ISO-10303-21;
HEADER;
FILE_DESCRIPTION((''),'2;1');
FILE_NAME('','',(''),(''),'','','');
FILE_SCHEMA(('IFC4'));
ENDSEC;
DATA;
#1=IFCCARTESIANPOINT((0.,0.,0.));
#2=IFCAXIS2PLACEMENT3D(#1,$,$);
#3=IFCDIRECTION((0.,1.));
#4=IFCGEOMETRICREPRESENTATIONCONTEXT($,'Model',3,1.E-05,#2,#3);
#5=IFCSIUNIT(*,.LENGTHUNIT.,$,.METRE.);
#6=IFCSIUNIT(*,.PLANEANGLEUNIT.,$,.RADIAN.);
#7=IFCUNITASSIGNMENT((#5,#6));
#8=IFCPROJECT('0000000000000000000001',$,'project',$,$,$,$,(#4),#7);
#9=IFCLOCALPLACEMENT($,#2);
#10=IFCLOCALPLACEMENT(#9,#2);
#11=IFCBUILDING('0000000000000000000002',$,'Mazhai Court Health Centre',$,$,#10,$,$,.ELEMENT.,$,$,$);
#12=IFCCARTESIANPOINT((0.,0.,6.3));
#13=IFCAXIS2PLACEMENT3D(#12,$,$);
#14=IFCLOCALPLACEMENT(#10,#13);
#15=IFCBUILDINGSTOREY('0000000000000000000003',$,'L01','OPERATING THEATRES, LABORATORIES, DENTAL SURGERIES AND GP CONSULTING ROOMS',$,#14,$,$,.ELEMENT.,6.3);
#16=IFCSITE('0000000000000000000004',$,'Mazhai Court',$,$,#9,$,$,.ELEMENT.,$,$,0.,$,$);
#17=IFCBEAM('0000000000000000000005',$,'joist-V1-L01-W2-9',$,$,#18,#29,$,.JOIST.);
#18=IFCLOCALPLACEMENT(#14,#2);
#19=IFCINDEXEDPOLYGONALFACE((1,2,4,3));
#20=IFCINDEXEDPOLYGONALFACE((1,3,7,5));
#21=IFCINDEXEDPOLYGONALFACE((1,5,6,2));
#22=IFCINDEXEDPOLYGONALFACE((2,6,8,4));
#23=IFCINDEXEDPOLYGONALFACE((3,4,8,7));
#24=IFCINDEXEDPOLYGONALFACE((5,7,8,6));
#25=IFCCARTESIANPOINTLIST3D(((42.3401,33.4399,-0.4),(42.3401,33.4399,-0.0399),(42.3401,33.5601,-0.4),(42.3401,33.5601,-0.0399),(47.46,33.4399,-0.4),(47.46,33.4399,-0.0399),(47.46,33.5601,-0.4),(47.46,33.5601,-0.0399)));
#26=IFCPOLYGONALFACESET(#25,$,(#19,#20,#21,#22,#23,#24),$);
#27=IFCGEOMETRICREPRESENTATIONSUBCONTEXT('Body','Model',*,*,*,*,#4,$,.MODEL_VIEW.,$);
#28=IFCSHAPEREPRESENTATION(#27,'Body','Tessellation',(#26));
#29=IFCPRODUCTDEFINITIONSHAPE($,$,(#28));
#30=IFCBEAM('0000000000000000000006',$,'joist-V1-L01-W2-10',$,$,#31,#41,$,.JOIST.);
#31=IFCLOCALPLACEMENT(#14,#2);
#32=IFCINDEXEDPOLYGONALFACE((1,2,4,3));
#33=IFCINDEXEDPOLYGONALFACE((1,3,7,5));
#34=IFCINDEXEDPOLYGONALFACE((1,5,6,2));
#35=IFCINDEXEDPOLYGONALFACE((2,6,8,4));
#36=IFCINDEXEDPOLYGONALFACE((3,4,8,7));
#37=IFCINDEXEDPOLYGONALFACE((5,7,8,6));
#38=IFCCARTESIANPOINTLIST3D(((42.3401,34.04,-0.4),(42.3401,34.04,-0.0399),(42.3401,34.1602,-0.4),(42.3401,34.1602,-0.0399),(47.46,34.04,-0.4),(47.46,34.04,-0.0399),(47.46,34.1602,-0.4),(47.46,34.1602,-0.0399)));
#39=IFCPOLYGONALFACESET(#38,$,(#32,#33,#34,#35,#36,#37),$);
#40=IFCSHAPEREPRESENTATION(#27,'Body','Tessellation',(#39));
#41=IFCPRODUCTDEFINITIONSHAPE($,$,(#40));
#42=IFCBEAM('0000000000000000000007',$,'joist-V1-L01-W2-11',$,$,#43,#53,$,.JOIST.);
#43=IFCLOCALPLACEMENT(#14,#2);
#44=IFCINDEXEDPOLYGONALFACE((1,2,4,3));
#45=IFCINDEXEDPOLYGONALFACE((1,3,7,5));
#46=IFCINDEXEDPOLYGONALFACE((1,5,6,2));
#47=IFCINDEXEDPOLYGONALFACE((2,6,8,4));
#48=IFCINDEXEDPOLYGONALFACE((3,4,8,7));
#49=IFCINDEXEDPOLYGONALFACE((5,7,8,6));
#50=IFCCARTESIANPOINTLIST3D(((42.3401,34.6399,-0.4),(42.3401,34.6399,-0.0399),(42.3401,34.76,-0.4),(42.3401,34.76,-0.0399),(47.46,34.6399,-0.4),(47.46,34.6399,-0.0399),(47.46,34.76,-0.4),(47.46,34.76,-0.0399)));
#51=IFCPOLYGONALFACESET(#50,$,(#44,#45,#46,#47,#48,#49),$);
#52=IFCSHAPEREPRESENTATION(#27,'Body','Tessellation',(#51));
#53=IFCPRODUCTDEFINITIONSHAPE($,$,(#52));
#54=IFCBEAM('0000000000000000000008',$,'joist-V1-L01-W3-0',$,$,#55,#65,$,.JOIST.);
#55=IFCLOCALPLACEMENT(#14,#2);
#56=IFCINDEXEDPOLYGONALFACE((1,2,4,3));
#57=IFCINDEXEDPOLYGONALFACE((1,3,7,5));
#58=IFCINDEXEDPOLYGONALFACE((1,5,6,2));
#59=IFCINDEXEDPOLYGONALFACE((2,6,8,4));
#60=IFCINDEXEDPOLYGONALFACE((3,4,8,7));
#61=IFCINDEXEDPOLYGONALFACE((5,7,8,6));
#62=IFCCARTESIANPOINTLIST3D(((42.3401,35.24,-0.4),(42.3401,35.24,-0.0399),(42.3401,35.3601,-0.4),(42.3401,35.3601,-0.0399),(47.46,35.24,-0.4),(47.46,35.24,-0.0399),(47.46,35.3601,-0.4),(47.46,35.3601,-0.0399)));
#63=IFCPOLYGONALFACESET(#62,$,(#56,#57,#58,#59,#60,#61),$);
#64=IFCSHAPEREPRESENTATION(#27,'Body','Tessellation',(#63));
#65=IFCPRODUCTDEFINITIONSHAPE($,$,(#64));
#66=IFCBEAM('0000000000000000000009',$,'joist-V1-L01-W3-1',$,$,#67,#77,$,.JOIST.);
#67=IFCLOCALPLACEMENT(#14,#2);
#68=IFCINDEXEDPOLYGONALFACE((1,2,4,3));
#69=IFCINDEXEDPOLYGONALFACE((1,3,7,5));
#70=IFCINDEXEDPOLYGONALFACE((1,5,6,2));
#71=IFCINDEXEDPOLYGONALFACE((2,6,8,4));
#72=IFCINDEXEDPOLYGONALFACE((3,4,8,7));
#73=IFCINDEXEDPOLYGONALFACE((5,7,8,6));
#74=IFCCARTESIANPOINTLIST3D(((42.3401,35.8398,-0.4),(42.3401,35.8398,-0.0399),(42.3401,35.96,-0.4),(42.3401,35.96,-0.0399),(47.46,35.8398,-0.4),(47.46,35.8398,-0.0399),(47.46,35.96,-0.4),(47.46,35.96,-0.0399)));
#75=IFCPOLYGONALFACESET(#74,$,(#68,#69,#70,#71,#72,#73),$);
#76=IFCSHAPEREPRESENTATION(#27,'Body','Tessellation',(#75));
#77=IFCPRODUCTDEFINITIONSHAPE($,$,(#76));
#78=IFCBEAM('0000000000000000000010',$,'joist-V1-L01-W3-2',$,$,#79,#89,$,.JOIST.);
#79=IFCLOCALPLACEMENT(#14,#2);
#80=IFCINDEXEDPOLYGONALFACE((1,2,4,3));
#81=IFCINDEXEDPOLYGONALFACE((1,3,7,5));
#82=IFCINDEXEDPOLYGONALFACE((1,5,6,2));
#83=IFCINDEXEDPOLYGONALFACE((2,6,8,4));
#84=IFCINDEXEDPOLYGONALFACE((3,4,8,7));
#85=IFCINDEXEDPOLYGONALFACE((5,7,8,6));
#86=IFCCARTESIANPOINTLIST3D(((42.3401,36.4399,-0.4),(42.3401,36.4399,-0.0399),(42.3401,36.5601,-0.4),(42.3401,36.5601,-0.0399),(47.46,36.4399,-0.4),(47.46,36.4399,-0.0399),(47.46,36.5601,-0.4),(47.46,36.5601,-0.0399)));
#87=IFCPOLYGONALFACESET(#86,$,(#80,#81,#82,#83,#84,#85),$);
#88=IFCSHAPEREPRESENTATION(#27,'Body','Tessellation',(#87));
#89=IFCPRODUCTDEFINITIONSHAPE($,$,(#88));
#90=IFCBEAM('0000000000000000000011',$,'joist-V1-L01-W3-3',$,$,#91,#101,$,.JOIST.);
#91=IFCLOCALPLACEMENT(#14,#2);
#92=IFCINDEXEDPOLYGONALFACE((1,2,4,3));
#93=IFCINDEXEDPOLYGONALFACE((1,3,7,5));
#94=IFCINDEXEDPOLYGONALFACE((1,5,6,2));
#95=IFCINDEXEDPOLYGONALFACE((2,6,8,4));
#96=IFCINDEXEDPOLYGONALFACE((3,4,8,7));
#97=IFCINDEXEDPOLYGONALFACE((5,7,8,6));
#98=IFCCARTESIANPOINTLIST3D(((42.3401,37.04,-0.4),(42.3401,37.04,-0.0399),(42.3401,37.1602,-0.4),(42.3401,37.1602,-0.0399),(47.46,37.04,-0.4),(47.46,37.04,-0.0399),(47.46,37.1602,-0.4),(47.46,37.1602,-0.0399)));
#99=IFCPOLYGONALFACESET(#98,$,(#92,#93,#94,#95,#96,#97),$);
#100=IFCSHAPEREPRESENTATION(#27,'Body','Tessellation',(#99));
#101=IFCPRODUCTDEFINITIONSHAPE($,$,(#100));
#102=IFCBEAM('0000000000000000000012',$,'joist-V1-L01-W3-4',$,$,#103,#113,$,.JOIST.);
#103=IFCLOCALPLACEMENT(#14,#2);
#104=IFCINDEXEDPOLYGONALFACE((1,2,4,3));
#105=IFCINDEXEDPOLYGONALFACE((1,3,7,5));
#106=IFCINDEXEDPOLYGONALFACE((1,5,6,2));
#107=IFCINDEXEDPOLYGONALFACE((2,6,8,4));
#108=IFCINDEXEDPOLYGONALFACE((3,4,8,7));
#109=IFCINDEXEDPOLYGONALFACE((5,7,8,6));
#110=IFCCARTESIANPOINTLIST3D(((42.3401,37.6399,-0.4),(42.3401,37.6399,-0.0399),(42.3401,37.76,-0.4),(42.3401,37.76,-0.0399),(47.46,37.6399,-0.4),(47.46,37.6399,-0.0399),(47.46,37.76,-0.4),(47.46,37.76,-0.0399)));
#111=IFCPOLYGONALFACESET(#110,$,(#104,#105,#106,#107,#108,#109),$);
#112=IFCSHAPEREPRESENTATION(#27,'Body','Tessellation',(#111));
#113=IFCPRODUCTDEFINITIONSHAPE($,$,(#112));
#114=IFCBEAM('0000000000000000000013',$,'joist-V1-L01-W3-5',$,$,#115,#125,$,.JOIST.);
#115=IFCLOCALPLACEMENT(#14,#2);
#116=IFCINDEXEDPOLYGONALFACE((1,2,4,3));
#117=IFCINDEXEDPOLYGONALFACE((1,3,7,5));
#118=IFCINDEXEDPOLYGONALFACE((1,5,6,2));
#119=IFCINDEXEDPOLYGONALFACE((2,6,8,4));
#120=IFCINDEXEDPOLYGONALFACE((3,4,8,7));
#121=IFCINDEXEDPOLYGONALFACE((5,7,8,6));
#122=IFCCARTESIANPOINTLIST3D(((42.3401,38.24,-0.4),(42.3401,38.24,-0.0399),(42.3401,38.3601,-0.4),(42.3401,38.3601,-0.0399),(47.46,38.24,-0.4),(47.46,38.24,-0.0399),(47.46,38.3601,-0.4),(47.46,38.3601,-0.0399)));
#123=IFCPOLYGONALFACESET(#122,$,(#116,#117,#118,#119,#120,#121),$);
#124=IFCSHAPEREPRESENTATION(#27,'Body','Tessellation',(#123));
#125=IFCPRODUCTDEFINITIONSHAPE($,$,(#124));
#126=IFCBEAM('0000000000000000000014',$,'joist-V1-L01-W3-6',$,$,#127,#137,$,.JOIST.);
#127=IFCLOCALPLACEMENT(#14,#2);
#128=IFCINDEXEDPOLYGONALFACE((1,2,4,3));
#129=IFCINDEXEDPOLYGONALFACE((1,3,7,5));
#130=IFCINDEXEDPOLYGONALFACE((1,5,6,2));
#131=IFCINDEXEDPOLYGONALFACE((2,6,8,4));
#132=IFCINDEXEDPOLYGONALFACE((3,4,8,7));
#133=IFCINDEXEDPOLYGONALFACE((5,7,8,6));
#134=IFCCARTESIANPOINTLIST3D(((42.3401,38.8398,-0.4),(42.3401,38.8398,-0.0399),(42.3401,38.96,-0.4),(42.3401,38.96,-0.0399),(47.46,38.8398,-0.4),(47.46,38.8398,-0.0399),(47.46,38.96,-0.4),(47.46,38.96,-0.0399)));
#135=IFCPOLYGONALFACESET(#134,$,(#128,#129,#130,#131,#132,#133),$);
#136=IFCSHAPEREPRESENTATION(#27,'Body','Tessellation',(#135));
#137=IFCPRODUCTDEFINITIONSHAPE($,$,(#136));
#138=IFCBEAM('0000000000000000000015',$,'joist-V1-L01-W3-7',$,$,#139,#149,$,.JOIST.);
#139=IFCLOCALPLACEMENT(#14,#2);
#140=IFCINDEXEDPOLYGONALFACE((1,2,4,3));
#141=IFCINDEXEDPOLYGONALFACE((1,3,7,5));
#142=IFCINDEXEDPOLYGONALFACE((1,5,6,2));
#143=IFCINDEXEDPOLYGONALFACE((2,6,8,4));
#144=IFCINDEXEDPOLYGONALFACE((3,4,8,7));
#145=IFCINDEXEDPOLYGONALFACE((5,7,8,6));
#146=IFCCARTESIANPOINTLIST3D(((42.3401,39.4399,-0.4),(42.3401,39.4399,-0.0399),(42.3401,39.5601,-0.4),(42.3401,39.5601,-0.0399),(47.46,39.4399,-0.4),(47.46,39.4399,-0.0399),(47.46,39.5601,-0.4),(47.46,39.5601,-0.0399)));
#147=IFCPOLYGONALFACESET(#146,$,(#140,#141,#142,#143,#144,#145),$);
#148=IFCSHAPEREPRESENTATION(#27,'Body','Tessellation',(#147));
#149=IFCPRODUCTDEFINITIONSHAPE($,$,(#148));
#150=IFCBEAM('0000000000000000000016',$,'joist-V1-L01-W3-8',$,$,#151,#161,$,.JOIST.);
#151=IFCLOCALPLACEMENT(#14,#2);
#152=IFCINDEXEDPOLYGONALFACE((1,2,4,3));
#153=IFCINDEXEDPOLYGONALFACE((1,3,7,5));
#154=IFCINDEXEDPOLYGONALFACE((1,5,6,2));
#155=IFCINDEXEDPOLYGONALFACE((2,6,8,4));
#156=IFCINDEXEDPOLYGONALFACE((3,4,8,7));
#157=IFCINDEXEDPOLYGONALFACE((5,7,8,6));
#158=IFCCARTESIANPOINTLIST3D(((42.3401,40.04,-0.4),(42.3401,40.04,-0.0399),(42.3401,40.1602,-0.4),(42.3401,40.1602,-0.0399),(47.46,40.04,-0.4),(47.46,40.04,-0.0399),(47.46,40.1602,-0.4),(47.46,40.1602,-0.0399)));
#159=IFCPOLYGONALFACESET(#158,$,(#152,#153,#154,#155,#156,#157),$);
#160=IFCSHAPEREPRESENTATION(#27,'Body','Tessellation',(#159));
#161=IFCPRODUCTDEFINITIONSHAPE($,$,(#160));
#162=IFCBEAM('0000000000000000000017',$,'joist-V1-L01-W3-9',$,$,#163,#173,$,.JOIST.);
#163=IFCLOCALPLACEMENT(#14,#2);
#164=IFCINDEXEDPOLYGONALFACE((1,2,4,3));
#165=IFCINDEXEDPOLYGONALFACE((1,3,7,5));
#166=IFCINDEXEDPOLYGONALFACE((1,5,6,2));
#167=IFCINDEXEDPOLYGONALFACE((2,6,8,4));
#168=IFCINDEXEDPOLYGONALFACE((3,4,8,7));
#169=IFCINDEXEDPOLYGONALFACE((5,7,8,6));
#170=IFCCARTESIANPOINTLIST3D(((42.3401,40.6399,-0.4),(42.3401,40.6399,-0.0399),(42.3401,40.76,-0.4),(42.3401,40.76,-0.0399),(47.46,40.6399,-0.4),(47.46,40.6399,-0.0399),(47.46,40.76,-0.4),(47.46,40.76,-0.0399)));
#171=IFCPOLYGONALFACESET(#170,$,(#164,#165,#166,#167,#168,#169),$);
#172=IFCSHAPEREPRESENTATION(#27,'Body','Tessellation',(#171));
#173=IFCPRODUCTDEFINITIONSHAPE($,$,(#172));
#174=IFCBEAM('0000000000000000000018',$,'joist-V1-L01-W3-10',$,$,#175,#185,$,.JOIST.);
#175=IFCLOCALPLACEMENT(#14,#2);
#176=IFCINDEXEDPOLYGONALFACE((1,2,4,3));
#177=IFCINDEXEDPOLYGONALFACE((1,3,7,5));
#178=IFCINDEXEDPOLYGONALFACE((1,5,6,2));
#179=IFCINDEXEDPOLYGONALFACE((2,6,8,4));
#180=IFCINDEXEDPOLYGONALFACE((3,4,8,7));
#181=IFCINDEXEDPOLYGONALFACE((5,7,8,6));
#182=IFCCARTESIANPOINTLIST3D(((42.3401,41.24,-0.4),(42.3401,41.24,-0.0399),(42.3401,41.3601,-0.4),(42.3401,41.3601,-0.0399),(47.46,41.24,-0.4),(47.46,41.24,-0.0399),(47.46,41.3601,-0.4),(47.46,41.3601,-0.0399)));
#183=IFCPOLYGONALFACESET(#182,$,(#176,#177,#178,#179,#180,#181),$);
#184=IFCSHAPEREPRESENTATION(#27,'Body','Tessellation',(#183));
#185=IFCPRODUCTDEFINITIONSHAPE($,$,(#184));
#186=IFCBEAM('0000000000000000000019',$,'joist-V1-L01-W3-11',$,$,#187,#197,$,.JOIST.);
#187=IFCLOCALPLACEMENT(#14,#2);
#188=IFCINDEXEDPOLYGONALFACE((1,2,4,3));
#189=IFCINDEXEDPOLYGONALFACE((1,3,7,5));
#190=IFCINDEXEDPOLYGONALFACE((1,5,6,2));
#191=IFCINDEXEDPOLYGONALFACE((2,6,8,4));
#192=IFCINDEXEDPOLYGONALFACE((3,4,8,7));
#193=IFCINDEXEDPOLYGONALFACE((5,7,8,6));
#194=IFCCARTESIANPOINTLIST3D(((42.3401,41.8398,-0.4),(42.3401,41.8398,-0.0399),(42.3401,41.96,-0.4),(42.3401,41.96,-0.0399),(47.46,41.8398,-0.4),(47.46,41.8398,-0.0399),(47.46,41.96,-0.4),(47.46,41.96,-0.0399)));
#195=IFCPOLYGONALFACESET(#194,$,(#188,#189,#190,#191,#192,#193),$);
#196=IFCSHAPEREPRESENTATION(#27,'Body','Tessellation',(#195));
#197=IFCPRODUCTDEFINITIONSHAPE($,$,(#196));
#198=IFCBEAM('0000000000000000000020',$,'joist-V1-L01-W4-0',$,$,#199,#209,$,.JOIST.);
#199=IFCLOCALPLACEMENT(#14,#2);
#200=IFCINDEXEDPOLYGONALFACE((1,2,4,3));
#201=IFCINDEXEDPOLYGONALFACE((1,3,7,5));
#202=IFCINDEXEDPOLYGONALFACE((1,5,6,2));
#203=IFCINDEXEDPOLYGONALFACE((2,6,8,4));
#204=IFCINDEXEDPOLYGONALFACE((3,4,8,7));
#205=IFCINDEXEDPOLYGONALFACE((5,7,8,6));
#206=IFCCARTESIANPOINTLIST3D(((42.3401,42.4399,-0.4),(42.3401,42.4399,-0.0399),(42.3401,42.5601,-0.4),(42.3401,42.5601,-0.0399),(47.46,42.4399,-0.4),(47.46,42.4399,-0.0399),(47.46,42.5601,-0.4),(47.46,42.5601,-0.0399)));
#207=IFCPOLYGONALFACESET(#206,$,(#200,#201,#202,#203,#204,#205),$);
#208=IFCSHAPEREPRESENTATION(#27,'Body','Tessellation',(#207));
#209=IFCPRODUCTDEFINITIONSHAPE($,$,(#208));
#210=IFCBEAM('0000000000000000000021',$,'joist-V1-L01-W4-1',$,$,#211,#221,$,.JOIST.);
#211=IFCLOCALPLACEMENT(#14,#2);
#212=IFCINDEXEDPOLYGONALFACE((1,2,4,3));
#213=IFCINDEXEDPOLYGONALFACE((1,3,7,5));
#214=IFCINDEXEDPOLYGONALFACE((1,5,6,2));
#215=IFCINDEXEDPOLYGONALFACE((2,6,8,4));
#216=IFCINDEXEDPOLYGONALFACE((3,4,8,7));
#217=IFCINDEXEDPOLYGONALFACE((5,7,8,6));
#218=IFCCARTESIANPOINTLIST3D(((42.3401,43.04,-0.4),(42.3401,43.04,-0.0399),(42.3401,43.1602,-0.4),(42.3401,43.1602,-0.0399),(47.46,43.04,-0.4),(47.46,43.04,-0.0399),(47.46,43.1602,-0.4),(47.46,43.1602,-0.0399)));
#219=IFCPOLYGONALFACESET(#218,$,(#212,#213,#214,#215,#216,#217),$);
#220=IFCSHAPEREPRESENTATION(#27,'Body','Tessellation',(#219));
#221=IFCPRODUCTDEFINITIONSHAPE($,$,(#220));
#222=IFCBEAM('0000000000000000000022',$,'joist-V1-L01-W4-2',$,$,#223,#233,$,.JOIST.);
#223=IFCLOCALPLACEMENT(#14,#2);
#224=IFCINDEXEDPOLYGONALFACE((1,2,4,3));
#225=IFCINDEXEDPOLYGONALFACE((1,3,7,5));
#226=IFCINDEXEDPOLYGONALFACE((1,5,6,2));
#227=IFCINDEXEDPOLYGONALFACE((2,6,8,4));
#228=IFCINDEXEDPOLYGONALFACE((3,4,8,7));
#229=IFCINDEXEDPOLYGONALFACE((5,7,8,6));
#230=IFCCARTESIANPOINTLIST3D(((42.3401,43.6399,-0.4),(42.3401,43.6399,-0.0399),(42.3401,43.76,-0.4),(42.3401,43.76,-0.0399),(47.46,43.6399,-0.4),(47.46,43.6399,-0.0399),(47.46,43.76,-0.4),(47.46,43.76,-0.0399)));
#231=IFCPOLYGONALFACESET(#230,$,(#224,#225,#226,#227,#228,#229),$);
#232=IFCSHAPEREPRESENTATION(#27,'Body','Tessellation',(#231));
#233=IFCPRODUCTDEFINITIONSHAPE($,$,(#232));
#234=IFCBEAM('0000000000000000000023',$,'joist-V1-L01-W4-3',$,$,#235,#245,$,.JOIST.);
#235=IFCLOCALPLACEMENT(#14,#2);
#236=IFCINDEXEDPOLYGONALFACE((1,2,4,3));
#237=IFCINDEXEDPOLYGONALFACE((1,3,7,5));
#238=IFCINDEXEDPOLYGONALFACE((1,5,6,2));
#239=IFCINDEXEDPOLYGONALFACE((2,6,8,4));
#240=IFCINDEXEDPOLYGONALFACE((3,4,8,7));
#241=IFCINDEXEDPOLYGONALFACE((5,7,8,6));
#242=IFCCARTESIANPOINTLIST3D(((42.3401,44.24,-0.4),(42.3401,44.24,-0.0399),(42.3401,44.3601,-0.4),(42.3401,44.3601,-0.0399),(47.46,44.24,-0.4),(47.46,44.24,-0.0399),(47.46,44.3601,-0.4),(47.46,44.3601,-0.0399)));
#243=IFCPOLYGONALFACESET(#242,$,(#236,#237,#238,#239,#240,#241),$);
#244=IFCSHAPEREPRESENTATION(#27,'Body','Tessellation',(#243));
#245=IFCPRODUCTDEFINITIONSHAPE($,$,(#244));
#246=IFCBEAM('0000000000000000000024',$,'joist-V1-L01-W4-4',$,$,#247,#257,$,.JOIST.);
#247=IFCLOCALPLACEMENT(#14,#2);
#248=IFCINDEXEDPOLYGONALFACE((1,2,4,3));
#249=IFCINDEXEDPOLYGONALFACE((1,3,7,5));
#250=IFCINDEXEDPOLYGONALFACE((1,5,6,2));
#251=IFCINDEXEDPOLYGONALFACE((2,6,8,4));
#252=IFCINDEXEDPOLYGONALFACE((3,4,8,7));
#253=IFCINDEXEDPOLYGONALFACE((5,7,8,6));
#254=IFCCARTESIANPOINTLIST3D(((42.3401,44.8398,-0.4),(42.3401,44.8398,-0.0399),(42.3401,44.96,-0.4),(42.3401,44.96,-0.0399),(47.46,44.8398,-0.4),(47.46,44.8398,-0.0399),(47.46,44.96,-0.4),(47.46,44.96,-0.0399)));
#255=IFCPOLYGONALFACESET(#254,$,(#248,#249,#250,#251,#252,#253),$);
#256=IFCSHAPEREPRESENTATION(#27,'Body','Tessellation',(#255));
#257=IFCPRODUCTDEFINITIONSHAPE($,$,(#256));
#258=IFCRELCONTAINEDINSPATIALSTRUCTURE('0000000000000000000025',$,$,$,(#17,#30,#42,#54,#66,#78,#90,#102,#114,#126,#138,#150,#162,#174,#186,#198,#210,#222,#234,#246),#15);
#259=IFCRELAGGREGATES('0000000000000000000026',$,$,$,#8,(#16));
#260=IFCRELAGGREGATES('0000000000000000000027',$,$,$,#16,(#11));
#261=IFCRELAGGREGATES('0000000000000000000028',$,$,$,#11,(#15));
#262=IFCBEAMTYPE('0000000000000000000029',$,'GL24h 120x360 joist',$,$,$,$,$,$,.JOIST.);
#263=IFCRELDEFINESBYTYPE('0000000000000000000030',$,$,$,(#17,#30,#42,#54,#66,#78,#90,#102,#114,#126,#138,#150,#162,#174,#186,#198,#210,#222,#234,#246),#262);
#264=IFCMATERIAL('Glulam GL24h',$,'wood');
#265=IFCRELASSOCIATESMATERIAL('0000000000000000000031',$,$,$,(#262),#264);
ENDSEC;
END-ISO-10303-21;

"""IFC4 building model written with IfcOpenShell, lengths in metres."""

from ifc_helpers import new_model, si_unit, direction, frame, origin, origin_2d, place, context, subcontext, project, spatial, rectangle, extrude, material, material_profile, profile_set, type_object, element, save


model = new_model("IFC4")

# Units and contexts
model_context = context("Model", 3, precision=1e-05, world=origin(), true_north=direction((0.0, 1.0)))
body_context = subcontext(model_context, "Body", "Model", "MODEL_VIEW")
ifc_project = project(units=[si_unit("LENGTHUNIT", "METRE"), si_unit("PLANEANGLEUNIT", "RADIAN")], contexts=[model_context])

# Site, building, storey
site_placement = place(None, origin())
site = spatial("IfcSite", under=ifc_project, at=site_placement, Name="Mazhai Court", CompositionType="ELEMENT", RefElevation=0.0)
building_placement = place(site_placement, origin())
building = spatial("IfcBuilding", under=site, at=building_placement, Name="Mazhai Court Health Centre", CompositionType="ELEMENT")
storey_placement = place(building_placement, frame((0.0, 0.0, 6.3)))
storey = spatial("IfcBuildingStorey", under=building, at=storey_placement, Name="L01", Description="OPERATING THEATRES, LABORATORIES, DENTAL SURGERIES AND GP CONSULTING ROOMS", CompositionType="ELEMENT", Elevation=6.3)

# Beams
ifc_material = material(Name="Glulam GL24h", Category="wood")
ifc_material_profile = material_profile(ifc_material, rectangle(XDim=0.1201, YDim=0.3601, at=origin_2d()), Name="GL24h 120x360")
ifc_profile_set = profile_set([ifc_material_profile], Name="Glulam GL24h")
beam_type = type_object("IfcBeamType", Name="GL24h 120x360 joist", PredefinedType="JOIST", material=ifc_profile_set)
for number, where, z_axis, x_axis, name in (
    (1, (42.3401, 33.5, -0.22), (1.0, 0.0, 0.0), (0.0, 1.0, 0.0), "joist-V1-L01-W2-9"),
    (2, (42.3401, 34.1001, -0.22), (1.0, 0.0, 0.0), (0.0, 1.0, 0.0), "joist-V1-L01-W2-10"),
    (3, (42.3401, 34.7, -0.22), (1.0, 0.0, 0.0), (0.0, 1.0, 0.0), "joist-V1-L01-W2-11"),
    (4, (42.3401, 35.3, -0.22), (1.0, 0.0, 0.0), (0.0, 1.0, 0.0), "joist-V1-L01-W3-0"),
    (5, (42.3401, 35.8999, -0.22), (1.0, 0.0, 0.0), (0.0, 1.0, 0.0), "joist-V1-L01-W3-1"),
    (6, (42.3401, 36.5, -0.22), (1.0, 0.0, 0.0), (0.0, 1.0, 0.0), "joist-V1-L01-W3-2"),
    (7, (42.3401, 37.1001, -0.22), (1.0, 0.0, 0.0), (0.0, 1.0, 0.0), "joist-V1-L01-W3-3"),
    (8, (42.3401, 37.7, -0.22), (1.0, 0.0, 0.0), (0.0, 1.0, 0.0), "joist-V1-L01-W3-4"),
    (9, (42.3401, 38.3, -0.22), (1.0, 0.0, 0.0), (0.0, 1.0, 0.0), "joist-V1-L01-W3-5"),
    (10, (42.3401, 38.8999, -0.22), (1.0, 0.0, 0.0), (0.0, 1.0, 0.0), "joist-V1-L01-W3-6"),
    (11, (42.3401, 39.5, -0.22), (1.0, 0.0, 0.0), (0.0, 1.0, 0.0), "joist-V1-L01-W3-7"),
    (12, (42.3401, 40.1001, -0.22), (1.0, 0.0, 0.0), (0.0, 1.0, 0.0), "joist-V1-L01-W3-8"),
    (13, (42.3401, 40.7, -0.22), (1.0, 0.0, 0.0), (0.0, 1.0, 0.0), "joist-V1-L01-W3-9"),
    (14, (42.3401, 41.3, -0.22), (1.0, 0.0, 0.0), (0.0, 1.0, 0.0), "joist-V1-L01-W3-10"),
    (15, (42.3401, 41.8999, -0.22), (1.0, 0.0, 0.0), (0.0, 1.0, 0.0), "joist-V1-L01-W3-11"),
    (16, (42.3401, 42.5, -0.22), (1.0, 0.0, 0.0), (0.0, 1.0, 0.0), "joist-V1-L01-W4-0"),
    (17, (42.3401, 43.1001, -0.22), (1.0, 0.0, 0.0), (0.0, 1.0, 0.0), "joist-V1-L01-W4-1"),
    (18, (42.3401, 43.7, -0.22), (1.0, 0.0, 0.0), (0.0, 1.0, 0.0), "joist-V1-L01-W4-2"),
    (19, (42.3401, 44.3, -0.22), (1.0, 0.0, 0.0), (0.0, 1.0, 0.0), "joist-V1-L01-W4-3"),
    (20, (42.3401, 44.8999, -0.22), (1.0, 0.0, 0.0), (0.0, 1.0, 0.0), "joist-V1-L01-W4-4"),
):
    element("IfcBeam", number, at=place(storey_placement, frame(where, z_axis=z_axis, x_axis=x_axis)), inside=storey, type_object=beam_type, Name=name, PredefinedType="JOIST", context=body_context, shape_type="SweptSolid", body=[
        extrude(rectangle(XDim=0.1201, YDim=0.3601, at=origin_2d()), origin(), (0.0, 0.0, 1.0), 5.1199),
    ])

save(model, "model.ifc")
